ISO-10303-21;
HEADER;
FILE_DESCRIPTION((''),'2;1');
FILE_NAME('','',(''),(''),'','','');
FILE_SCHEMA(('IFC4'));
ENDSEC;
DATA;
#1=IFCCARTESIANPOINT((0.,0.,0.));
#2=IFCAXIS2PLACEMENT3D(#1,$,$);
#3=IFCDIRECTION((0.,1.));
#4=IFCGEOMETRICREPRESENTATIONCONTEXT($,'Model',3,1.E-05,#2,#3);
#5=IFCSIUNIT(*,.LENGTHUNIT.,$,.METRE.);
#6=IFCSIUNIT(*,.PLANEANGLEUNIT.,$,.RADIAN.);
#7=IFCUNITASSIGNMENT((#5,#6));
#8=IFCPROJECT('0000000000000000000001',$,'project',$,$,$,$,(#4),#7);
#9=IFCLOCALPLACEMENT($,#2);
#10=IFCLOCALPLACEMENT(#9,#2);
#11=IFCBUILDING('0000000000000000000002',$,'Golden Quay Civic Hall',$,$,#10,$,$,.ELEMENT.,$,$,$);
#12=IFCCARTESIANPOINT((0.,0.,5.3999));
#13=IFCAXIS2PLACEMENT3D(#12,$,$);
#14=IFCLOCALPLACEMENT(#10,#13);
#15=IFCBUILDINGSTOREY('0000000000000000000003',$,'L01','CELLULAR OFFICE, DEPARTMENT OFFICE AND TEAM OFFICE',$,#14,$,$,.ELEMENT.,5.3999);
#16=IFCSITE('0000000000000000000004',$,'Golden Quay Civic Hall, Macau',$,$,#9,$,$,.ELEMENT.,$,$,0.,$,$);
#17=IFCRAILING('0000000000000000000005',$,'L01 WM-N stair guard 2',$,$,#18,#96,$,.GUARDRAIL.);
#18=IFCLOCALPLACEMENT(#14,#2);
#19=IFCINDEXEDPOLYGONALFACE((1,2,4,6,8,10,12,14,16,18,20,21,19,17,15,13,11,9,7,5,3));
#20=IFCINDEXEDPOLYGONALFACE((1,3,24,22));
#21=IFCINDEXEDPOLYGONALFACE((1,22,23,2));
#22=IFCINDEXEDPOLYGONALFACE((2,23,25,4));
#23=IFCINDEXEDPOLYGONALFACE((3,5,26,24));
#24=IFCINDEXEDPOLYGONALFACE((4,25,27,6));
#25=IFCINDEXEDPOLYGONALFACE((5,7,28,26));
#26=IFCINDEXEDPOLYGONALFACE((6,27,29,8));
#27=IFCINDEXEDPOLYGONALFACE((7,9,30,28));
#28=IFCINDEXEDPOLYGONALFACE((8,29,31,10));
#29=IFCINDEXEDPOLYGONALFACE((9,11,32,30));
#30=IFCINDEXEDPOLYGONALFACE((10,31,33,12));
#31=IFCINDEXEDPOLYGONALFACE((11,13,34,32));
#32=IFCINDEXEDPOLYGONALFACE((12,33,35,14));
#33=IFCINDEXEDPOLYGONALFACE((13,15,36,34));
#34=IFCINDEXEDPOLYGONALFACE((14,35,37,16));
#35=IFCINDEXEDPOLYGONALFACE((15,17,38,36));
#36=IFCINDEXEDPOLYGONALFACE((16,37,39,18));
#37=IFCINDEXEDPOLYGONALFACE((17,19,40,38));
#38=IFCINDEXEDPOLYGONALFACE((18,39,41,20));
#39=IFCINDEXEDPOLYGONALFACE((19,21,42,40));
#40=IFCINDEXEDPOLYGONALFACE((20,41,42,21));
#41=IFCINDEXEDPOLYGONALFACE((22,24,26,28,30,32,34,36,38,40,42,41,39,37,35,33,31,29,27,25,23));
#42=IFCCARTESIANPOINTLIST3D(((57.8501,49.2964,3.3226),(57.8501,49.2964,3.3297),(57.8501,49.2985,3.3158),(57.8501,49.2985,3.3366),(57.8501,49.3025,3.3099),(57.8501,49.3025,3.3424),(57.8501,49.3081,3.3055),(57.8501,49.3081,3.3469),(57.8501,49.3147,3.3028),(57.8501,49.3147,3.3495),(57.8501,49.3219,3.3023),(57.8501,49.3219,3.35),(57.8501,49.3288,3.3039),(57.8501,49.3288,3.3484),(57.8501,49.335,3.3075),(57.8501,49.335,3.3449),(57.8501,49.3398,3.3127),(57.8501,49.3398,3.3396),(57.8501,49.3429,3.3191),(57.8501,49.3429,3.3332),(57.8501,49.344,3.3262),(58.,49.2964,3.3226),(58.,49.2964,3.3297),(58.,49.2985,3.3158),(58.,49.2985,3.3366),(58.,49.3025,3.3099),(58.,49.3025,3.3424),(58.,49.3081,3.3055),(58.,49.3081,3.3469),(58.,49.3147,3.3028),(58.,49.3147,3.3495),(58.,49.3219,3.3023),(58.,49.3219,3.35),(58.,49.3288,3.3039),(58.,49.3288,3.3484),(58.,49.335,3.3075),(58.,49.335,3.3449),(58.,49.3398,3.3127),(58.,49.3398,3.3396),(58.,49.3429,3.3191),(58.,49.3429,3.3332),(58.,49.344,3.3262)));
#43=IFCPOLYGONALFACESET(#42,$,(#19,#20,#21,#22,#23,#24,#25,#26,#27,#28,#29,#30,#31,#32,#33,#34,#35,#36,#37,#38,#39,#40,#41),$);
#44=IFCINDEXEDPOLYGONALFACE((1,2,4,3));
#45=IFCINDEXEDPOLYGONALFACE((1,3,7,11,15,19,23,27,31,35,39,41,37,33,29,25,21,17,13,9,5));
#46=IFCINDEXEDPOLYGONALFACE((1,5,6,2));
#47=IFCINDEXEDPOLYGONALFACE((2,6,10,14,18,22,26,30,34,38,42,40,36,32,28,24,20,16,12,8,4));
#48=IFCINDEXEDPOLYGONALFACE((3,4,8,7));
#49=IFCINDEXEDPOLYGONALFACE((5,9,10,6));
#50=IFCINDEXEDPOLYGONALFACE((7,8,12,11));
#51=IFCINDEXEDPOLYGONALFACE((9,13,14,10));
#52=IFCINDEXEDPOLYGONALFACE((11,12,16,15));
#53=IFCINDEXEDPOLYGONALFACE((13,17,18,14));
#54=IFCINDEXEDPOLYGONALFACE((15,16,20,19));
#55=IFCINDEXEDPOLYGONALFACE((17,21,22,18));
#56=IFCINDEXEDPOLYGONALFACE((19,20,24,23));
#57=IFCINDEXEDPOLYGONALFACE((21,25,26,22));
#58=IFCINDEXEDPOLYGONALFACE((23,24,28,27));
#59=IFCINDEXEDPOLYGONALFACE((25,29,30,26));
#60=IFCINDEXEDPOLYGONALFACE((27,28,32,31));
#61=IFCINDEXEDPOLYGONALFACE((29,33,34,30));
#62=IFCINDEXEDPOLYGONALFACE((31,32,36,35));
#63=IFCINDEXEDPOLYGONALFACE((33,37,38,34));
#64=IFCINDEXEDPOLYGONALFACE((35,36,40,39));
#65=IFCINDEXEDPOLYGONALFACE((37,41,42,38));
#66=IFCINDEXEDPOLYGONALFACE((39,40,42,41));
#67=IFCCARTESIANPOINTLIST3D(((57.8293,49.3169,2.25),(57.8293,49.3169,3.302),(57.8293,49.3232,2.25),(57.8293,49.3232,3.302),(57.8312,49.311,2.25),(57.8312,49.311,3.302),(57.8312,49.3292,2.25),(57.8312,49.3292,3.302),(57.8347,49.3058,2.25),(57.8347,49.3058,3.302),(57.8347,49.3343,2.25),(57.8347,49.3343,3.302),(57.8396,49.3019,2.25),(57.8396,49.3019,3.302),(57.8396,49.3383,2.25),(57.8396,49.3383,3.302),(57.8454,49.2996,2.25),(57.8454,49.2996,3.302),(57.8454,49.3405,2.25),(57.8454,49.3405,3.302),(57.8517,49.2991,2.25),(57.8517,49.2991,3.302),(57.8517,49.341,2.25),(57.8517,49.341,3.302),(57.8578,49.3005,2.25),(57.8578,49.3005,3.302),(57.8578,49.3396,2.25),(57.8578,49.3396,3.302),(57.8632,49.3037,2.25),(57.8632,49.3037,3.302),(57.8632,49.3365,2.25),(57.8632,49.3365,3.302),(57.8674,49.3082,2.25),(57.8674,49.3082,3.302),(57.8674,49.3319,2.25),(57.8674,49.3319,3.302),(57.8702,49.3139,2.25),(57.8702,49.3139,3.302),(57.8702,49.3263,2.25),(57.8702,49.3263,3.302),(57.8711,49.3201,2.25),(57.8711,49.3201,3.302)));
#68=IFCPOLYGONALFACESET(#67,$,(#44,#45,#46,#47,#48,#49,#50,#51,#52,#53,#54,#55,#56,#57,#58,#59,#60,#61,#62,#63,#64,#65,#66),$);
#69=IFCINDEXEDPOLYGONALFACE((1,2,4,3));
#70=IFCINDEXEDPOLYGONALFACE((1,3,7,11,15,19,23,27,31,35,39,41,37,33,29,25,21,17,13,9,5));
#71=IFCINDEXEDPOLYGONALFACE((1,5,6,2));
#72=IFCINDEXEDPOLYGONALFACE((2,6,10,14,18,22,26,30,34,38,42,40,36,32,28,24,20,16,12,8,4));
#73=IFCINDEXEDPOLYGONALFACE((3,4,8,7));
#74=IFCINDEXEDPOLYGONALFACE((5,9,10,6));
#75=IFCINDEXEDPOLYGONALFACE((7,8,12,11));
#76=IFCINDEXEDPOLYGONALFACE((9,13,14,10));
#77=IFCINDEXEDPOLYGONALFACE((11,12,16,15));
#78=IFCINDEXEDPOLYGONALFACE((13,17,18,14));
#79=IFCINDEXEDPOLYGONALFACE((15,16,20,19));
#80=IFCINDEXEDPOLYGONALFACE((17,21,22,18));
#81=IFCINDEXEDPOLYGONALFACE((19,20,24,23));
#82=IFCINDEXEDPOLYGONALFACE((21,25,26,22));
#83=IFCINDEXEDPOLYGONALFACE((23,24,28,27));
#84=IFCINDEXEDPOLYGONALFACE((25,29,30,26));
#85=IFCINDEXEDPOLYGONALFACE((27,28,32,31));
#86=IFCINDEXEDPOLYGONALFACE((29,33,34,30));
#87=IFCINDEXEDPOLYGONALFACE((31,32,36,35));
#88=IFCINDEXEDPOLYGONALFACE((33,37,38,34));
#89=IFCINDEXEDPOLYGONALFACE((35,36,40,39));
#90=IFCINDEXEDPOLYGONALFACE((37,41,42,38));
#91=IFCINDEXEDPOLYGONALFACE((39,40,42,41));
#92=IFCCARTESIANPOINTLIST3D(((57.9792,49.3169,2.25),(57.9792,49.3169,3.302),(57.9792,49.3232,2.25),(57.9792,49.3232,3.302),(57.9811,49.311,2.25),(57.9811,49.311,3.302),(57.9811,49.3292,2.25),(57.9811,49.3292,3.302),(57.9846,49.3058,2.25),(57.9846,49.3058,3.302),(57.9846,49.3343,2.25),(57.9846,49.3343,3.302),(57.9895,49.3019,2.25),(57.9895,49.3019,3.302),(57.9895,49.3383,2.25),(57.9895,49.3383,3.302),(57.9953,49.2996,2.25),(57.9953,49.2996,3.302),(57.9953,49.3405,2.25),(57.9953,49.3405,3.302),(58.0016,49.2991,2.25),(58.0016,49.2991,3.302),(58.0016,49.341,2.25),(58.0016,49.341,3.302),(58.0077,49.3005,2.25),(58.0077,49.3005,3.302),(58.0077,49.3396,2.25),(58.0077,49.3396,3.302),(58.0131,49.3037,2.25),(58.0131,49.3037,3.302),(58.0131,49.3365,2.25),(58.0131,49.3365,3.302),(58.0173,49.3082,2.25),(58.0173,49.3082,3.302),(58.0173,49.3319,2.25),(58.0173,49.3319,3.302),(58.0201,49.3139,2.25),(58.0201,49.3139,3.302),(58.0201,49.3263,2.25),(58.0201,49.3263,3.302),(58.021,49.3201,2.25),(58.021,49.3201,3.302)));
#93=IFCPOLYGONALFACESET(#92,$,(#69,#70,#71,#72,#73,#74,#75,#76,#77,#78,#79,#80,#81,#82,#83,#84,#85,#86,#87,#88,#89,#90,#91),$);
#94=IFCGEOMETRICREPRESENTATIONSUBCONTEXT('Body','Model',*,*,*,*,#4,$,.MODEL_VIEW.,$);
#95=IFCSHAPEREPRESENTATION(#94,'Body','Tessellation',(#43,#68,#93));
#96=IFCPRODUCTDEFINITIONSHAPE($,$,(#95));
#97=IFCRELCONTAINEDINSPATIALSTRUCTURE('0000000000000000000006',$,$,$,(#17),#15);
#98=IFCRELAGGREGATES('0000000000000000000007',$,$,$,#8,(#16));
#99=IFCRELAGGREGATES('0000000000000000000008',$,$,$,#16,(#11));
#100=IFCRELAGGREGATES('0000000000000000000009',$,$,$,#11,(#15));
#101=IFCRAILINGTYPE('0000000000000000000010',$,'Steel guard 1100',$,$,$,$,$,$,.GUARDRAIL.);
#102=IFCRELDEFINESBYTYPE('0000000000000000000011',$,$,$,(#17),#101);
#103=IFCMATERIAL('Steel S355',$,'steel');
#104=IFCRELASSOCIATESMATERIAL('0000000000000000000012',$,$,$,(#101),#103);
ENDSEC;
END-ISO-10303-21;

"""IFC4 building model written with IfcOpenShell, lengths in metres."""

from ifc_helpers import new_model, si_unit, direction, frame, origin, origin_2d, place, context, subcontext, project, spatial, circle, extrude, material, type_object, element, save


model = new_model("IFC4")

# Units and contexts
model_context = context("Model", 3, precision=1e-05, world=origin(), true_north=direction((0.0, 1.0)))
body_context = subcontext(model_context, "Body", "Model", "MODEL_VIEW")
ifc_project = project(units=[si_unit("LENGTHUNIT", "METRE"), si_unit("PLANEANGLEUNIT", "RADIAN")], contexts=[model_context])

# Site, building, storey
site_placement = place(None, origin())
site = spatial("IfcSite", under=ifc_project, at=site_placement, Name="Golden Quay Civic Hall, Macau", CompositionType="ELEMENT", RefElevation=0.0)
building_placement = place(site_placement, origin())
building = spatial("IfcBuilding", under=site, at=building_placement, Name="Golden Quay Civic Hall", CompositionType="ELEMENT")
storey_placement = place(building_placement, frame((0.0, 0.0, 5.3999)))
storey = spatial("IfcBuildingStorey", under=building, at=storey_placement, Name="L01", Description="CELLULAR OFFICE, DEPARTMENT OFFICE AND TEAM OFFICE", CompositionType="ELEMENT", Elevation=5.3999)

# Railing
ifc_material_1 = material(Name="Steel S355", Category="steel")
railing_type_1 = type_object("IfcRailingType", Name="Steel guard 1100", PredefinedType="GUARDRAIL", material=ifc_material_1)
railing_1_placement = place(storey_placement, frame((57.8501, 49.3201, 2.25)))
element("IfcRailing", 1, at=railing_1_placement, inside=storey, type_object=railing_type_1, Name="L01 WM-N stair guard 2", PredefinedType="GUARDRAIL", context=body_context, shape_type="SweptSolid", body=[
    extrude(circle(Radius=0.0239, at=origin_2d()), frame((0.0, 0.0, 1.0762), z_axis=(1.0, 0.0, 0.0), x_axis=(0.0, 1.0, 0.0)), (0.0, 0.0, 1.0), 0.1499),
    extrude(circle(Radius=0.021, at=origin_2d()), origin(), (0.0, 0.0, 1.0), 1.052),
    extrude(circle(Radius=0.021, at=origin_2d()), frame((0.1499, 0.0, 0.0)), (0.0, 0.0, 1.0), 1.052),
])

save(model, "model.ifc")
